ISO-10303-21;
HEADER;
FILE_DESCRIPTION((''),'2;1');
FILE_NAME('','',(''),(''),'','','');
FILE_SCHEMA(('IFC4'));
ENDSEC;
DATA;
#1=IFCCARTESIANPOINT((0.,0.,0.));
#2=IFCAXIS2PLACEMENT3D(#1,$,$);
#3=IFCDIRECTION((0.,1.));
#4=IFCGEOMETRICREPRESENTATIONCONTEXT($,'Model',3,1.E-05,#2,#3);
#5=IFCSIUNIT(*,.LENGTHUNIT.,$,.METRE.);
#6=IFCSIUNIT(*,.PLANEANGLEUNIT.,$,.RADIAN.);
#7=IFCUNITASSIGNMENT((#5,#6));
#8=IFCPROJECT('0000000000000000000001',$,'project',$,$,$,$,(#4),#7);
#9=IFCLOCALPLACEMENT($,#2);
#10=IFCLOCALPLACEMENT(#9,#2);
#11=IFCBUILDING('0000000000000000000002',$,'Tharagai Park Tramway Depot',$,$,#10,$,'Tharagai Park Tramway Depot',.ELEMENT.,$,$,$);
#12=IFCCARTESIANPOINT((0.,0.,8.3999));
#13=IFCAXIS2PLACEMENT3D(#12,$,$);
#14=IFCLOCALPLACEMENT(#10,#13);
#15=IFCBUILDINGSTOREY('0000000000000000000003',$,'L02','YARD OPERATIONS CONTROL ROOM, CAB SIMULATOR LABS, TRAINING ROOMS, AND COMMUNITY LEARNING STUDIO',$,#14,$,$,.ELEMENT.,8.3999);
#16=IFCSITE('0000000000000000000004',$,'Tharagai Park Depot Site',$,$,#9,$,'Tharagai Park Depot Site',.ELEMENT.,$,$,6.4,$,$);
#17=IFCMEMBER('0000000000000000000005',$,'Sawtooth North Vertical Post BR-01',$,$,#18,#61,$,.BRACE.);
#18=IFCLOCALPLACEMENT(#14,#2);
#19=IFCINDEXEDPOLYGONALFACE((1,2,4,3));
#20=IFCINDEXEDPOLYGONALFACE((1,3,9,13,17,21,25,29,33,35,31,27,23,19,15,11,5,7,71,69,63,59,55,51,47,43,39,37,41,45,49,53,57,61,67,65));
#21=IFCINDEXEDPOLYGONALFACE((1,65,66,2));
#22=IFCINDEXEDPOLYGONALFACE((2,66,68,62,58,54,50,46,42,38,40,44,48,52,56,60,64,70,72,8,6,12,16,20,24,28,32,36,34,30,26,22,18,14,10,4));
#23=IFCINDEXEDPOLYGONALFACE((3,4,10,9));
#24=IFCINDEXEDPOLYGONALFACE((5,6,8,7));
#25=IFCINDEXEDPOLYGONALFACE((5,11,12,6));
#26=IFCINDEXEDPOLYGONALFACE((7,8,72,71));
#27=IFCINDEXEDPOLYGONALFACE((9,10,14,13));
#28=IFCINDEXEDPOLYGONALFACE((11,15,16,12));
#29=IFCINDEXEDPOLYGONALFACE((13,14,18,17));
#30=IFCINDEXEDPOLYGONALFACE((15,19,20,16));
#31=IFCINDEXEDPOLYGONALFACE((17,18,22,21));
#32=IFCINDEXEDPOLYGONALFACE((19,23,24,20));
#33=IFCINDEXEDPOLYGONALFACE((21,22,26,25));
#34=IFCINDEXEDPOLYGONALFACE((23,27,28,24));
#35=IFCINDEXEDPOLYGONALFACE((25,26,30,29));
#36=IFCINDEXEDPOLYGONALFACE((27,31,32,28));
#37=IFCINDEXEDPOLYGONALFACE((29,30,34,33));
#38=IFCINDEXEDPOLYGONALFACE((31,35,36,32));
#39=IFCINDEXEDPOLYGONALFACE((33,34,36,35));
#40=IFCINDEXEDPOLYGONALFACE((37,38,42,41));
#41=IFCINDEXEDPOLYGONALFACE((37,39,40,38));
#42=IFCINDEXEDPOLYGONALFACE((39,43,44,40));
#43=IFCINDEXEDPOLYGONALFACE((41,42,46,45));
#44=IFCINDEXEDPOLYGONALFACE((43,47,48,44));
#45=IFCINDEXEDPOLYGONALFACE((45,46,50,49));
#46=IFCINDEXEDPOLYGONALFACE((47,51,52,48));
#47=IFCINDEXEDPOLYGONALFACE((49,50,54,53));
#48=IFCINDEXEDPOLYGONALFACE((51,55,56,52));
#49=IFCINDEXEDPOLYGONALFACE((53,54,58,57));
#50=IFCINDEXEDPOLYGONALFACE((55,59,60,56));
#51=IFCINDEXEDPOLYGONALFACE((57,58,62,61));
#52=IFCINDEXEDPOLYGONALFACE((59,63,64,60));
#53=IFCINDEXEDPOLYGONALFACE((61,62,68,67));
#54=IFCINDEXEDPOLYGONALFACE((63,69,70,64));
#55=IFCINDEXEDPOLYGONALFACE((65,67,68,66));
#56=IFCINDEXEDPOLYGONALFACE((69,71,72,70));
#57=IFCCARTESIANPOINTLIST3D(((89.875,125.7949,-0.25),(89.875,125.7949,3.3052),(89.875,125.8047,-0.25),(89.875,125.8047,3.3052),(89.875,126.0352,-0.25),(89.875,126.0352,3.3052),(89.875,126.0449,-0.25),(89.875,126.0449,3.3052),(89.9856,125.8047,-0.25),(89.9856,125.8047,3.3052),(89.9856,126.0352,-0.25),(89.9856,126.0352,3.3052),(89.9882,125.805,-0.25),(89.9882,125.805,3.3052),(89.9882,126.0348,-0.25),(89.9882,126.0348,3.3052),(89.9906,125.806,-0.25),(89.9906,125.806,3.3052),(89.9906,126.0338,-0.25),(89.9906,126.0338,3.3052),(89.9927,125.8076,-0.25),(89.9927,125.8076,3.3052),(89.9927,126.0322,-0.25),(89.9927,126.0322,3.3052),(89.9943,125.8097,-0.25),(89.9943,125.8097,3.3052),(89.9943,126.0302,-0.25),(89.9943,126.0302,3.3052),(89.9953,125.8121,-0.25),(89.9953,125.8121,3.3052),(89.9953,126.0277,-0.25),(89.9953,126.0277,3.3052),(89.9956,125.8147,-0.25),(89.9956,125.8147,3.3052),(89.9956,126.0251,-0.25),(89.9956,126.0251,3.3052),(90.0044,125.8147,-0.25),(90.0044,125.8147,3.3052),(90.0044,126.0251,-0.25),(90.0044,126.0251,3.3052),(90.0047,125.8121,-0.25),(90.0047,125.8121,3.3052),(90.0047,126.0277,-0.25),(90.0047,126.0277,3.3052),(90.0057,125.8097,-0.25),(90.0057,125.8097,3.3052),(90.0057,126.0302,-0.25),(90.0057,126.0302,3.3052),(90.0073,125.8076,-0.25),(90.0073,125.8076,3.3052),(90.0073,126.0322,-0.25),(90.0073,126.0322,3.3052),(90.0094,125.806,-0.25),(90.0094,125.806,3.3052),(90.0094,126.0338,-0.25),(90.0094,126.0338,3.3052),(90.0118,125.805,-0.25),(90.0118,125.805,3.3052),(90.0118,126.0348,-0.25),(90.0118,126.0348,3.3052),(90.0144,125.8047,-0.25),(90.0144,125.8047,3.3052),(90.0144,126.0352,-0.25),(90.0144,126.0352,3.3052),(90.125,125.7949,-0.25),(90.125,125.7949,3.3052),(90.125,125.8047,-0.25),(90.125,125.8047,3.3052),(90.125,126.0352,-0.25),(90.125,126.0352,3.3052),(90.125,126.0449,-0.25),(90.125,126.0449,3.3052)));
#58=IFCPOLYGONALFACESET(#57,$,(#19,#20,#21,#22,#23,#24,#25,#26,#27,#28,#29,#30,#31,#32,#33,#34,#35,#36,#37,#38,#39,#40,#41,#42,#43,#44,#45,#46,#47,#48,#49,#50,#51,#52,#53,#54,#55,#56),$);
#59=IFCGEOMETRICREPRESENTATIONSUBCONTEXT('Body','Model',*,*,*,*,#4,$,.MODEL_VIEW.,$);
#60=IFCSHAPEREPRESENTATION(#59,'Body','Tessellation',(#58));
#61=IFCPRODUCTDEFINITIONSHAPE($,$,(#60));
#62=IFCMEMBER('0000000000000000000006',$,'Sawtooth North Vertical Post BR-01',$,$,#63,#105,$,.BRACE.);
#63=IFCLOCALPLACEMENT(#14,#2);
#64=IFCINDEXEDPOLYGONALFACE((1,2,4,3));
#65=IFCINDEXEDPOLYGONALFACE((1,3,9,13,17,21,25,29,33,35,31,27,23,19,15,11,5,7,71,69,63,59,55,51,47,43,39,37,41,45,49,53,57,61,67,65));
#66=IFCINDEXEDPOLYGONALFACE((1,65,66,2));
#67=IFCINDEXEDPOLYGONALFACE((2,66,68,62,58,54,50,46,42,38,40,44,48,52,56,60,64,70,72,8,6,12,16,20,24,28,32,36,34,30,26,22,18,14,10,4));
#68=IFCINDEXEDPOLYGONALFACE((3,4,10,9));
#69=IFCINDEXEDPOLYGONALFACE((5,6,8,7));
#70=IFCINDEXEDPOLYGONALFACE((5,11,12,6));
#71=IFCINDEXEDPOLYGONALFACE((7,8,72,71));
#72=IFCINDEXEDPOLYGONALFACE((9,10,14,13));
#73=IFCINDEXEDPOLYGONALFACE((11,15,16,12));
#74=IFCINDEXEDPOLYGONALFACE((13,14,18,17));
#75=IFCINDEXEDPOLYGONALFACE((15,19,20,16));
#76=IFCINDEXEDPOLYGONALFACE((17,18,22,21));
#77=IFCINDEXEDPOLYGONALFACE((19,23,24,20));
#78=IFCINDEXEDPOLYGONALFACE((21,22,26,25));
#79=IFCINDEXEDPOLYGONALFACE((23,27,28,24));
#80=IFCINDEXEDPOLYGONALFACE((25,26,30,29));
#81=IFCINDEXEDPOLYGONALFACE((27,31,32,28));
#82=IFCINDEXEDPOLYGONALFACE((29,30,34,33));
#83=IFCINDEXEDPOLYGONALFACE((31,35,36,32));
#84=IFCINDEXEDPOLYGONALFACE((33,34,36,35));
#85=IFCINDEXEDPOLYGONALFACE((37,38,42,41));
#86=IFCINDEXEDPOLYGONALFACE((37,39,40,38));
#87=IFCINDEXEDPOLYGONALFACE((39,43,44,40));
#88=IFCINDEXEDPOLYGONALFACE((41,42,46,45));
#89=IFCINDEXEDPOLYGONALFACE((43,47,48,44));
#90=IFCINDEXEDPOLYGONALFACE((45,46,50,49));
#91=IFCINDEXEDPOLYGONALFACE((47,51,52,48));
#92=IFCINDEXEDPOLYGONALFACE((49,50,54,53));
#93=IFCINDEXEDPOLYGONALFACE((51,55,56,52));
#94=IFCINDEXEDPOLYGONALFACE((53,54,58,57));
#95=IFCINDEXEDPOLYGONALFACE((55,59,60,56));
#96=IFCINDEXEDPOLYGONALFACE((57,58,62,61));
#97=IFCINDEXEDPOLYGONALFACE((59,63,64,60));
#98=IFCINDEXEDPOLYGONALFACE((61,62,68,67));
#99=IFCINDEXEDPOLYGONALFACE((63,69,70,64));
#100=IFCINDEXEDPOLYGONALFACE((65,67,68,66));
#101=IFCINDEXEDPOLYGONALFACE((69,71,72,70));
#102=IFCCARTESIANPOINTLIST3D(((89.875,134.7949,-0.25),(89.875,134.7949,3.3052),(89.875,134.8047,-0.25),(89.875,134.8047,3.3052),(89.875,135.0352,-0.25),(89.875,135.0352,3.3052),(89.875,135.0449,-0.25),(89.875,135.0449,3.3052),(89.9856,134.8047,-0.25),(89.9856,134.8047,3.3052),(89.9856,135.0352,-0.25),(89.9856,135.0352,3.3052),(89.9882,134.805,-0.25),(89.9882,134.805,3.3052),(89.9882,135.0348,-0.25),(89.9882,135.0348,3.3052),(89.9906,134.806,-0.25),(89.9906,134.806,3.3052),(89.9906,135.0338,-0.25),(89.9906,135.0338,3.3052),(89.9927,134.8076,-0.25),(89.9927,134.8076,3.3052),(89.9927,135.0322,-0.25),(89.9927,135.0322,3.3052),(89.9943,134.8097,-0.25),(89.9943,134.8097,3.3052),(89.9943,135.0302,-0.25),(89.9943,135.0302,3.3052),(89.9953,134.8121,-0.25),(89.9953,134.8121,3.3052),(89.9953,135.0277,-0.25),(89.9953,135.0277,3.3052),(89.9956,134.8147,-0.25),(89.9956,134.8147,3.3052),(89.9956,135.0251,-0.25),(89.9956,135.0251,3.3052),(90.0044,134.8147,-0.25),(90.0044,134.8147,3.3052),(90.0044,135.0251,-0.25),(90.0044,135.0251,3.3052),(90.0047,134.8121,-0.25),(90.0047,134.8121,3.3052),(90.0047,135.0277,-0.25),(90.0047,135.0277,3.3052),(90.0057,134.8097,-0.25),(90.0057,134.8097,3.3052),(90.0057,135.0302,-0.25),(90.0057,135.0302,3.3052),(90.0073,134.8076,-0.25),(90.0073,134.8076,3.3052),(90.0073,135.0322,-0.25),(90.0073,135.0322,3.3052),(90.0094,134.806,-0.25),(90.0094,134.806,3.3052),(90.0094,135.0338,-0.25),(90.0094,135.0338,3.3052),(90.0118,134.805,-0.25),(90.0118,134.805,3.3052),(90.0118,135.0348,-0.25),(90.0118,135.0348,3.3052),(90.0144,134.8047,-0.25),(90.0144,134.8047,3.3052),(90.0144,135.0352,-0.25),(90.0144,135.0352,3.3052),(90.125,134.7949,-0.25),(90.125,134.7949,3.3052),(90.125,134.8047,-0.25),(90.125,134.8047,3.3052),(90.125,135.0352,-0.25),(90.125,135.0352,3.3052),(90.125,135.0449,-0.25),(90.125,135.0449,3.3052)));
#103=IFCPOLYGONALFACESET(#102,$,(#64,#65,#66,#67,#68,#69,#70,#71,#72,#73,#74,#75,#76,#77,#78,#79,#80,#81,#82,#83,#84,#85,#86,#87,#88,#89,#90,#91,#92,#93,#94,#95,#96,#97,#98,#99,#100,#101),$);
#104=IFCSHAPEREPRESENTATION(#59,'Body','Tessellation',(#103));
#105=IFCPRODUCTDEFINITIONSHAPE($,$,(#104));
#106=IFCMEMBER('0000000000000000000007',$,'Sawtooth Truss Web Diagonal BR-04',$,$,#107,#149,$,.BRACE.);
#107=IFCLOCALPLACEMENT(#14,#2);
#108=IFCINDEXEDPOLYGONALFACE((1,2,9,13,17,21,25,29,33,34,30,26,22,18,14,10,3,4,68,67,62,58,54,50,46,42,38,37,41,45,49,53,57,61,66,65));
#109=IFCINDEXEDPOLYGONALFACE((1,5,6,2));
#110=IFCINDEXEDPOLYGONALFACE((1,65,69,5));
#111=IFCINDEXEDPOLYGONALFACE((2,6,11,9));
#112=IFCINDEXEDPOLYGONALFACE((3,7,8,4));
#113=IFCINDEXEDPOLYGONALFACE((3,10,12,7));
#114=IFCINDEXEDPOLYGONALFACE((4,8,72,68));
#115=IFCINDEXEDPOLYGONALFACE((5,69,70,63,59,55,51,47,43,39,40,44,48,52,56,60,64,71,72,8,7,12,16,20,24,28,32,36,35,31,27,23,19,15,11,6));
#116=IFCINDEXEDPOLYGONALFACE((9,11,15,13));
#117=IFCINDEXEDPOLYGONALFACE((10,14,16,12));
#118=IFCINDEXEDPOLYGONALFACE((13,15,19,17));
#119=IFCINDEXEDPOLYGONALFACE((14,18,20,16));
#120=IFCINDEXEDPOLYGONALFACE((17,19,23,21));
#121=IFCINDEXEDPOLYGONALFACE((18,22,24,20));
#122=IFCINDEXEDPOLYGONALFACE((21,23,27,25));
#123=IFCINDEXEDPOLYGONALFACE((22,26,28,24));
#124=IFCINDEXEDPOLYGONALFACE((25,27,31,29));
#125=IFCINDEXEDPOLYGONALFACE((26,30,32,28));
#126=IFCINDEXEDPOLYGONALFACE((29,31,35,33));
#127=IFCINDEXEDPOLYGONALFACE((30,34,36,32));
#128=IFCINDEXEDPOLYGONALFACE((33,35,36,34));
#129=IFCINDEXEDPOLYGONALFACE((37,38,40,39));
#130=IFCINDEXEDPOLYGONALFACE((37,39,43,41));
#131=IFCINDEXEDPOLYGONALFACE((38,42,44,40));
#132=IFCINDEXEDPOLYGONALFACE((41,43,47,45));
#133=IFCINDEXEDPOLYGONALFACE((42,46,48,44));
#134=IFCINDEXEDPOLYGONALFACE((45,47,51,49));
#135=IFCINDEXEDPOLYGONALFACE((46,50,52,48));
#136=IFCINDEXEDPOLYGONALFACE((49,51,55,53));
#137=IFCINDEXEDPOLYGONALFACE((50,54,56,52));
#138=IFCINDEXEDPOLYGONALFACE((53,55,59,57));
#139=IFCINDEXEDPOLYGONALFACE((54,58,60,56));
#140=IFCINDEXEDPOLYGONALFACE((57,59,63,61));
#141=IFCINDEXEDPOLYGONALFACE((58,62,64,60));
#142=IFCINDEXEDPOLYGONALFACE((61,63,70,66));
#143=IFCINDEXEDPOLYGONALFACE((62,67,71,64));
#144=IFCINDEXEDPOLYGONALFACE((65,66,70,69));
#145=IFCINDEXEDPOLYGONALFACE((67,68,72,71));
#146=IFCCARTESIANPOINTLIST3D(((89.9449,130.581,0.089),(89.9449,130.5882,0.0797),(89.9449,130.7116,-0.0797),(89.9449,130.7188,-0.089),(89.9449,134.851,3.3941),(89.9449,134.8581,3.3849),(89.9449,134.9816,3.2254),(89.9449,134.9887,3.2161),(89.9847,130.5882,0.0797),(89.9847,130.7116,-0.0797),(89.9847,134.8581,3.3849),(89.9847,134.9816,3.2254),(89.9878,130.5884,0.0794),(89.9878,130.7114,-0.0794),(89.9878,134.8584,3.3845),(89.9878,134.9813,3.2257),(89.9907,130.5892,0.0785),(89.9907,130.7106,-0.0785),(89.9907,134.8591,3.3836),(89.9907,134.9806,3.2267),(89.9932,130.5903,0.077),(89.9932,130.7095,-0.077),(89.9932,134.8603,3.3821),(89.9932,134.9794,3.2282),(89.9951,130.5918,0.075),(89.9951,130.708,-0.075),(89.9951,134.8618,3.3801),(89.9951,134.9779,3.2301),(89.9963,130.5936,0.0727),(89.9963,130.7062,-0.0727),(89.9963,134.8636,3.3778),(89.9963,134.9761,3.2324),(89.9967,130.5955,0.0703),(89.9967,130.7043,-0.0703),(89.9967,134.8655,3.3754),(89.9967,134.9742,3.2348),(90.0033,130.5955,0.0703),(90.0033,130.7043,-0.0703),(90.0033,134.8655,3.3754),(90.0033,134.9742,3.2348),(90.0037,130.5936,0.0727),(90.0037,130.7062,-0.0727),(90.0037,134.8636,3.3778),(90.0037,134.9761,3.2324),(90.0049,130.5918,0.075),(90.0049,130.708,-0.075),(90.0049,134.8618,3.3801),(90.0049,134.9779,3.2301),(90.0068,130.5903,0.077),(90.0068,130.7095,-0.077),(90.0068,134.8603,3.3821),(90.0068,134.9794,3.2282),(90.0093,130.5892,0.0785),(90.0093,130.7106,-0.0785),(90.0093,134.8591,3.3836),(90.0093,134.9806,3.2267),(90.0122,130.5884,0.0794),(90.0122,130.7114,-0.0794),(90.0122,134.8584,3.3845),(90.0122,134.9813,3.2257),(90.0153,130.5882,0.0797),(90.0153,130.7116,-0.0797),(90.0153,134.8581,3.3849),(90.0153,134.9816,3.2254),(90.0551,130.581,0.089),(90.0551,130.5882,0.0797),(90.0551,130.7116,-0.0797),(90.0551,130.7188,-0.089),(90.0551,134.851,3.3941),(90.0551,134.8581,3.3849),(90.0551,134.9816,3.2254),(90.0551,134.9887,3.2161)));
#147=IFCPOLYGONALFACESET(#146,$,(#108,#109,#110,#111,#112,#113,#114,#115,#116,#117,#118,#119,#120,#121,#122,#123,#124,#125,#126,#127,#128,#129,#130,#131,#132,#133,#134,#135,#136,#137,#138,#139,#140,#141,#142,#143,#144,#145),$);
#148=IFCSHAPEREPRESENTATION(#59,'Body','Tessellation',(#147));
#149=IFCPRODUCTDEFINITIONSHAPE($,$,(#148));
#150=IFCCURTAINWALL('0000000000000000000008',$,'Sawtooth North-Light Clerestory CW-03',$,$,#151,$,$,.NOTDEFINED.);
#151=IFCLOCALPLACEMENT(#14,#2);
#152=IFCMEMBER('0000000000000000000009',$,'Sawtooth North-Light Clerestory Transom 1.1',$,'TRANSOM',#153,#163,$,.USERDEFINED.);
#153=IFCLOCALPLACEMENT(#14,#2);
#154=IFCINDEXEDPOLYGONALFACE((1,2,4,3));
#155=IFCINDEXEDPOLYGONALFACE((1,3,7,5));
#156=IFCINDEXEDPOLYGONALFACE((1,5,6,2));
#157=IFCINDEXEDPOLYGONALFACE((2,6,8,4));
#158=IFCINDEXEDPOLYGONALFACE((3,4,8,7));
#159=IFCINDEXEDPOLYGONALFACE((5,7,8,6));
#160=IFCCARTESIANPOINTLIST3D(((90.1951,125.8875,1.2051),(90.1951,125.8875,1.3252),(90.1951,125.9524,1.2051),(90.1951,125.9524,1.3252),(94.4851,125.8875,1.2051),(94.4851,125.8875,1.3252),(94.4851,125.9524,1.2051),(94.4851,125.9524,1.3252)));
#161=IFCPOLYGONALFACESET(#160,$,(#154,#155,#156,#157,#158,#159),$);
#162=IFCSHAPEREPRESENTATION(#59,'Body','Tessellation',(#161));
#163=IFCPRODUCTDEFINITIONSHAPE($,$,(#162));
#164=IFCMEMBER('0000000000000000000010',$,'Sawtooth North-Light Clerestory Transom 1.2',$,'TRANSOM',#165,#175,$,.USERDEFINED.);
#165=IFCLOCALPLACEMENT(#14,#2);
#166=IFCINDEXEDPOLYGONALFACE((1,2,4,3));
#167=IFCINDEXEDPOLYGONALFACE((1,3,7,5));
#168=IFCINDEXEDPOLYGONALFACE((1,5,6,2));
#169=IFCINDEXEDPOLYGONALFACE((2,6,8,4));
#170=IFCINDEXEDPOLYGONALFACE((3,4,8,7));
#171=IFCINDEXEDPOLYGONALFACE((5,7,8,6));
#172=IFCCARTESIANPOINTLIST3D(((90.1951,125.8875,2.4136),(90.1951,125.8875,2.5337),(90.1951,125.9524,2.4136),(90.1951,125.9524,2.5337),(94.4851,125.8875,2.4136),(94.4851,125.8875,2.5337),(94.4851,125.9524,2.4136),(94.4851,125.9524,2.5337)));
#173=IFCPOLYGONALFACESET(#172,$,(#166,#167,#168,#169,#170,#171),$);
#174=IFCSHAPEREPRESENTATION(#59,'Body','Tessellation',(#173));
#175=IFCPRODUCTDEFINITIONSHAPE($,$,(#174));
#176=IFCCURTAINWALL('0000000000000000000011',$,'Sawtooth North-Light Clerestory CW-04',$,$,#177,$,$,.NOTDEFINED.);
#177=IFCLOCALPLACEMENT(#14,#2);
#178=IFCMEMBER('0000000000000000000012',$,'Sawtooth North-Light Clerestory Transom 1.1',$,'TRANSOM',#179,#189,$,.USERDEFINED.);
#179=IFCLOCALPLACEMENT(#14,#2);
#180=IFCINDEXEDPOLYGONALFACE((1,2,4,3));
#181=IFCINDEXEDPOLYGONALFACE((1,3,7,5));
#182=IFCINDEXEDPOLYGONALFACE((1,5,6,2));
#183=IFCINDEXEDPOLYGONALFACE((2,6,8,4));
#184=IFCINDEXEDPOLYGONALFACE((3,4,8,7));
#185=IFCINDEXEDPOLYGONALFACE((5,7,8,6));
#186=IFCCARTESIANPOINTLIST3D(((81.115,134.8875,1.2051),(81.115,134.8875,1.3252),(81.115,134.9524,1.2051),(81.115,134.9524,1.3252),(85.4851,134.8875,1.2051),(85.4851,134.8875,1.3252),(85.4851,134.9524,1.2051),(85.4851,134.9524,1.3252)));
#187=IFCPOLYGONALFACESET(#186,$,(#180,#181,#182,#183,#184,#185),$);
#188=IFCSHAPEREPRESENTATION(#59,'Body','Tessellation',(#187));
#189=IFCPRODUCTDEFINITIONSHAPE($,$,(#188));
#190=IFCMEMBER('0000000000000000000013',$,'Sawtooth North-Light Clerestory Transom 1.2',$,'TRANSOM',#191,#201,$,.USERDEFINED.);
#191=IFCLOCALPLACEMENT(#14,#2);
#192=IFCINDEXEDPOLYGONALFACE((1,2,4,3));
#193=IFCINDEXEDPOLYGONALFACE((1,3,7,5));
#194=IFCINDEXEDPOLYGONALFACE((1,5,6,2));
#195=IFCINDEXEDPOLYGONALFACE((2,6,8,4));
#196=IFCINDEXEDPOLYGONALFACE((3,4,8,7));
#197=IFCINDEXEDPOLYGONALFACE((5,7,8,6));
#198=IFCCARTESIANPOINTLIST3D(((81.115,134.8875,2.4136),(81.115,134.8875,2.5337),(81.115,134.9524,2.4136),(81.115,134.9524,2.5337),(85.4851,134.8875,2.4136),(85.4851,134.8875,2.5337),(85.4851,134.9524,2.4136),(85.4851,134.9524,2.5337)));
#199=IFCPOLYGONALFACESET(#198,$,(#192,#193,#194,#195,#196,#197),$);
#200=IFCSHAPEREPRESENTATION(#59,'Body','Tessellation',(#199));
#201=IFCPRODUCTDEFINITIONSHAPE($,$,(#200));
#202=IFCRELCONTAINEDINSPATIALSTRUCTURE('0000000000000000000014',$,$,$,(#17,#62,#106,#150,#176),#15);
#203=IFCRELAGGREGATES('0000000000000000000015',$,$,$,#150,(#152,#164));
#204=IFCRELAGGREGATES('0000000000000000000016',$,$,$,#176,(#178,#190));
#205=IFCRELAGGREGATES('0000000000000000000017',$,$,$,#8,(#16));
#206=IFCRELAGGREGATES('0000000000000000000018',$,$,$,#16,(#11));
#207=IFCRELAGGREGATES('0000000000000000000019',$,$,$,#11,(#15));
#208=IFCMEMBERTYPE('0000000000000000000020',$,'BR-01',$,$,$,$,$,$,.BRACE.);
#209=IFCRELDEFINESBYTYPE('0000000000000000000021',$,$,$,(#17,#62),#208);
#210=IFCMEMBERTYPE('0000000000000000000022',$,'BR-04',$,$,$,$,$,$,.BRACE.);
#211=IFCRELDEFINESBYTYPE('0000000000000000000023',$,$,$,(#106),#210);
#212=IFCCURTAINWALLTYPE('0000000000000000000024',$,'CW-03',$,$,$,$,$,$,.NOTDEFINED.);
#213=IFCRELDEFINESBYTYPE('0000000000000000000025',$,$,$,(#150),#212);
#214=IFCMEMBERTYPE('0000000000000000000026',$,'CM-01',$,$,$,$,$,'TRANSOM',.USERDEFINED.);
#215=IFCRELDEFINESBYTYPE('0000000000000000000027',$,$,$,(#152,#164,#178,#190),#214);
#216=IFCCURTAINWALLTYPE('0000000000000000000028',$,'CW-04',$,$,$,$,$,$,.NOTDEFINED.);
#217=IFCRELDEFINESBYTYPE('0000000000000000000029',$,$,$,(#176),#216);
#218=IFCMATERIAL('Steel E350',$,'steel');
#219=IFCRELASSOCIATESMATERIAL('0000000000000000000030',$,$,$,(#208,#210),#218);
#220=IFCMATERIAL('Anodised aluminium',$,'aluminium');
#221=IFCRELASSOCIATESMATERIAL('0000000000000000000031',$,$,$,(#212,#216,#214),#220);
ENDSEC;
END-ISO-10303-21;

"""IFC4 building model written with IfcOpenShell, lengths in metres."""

from ifc_helpers import new_model, si_unit, direction, frame, origin, origin_2d, place, context, subcontext, project, spatial, rectangle, i_section, extrude, material, material_profile, profile_set, type_object, element, aggregate, save


model = new_model("IFC4")

# Units and contexts
model_context = context("Model", 3, precision=1e-05, world=origin(), true_north=direction((0.0, 1.0)))
body_context = subcontext(model_context, "Body", "Model", "MODEL_VIEW")
ifc_project = project(units=[si_unit("LENGTHUNIT", "METRE"), si_unit("PLANEANGLEUNIT", "RADIAN")], contexts=[model_context])

# Site, building, storey
site_placement = place(None, origin())
site = spatial("IfcSite", under=ifc_project, at=site_placement, Name="Tharagai Park Depot Site", LongName="Tharagai Park Depot Site", CompositionType="ELEMENT", RefElevation=6.4)
building_placement = place(site_placement, origin())
building = spatial("IfcBuilding", under=site, at=building_placement, Name="Tharagai Park Tramway Depot", LongName="Tharagai Park Tramway Depot", CompositionType="ELEMENT")
storey_placement = place(building_placement, frame((0.0, 0.0, 8.3999)))
storey = spatial("IfcBuildingStorey", under=building, at=storey_placement, Name="L02", Description="YARD OPERATIONS CONTROL ROOM, CAB SIMULATOR LABS, TRAINING ROOMS, AND COMMUNITY LEARNING STUDIO", CompositionType="ELEMENT", Elevation=8.3999)

# Members
ifc_material_1 = material(Name="Steel E350", Category="steel")
ifc_material_profile_1 = material_profile(ifc_material_1, i_section(OverallWidth=0.25, OverallDepth=0.25, WebThickness=0.0088, FlangeThickness=0.0098, FilletRadius=0.01, at=origin_2d()), Name="ISHB 250")
ifc_profile_set_1 = profile_set([ifc_material_profile_1], Name="Steel E350")
member_type_1 = type_object("IfcMemberType", Name="BR-01", PredefinedType="BRACE", material=ifc_profile_set_1)
for number, where, z_axis, x_axis, name in (
    (1, (90.0, 125.9199, -0.25), (0.0, 0.0, 1.0), (1.0, 0.0, 0.0), "Sawtooth North Vertical Post BR-01"),
    (2, (90.0, 134.9199, -0.25), (0.0, 0.0, 1.0), (1.0, 0.0, 0.0), "Sawtooth North Vertical Post BR-01"),
):
    element("IfcMember", number, at=place(storey_placement, frame(where, z_axis=z_axis, x_axis=x_axis)), inside=storey, type_object=member_type_1, Name=name, PredefinedType="BRACE", context=body_context, shape_type="SweptSolid", body=[
        extrude(i_section(OverallWidth=0.25, OverallDepth=0.25, WebThickness=0.0088, FlangeThickness=0.0098, FilletRadius=0.01, at=origin_2d()), origin(), (0.0, 0.0, 1.0), 3.5552),
    ])
ifc_material_profile_2 = material_profile(ifc_material_1, i_section(OverallWidth=0.1101, OverallDepth=0.2251, WebThickness=0.0066, FlangeThickness=0.0117, FilletRadius=0.012, at=origin_2d()), Name="ISMB 225")
ifc_profile_set_2 = profile_set([ifc_material_profile_2], Name="Steel E350")
member_type_2 = type_object("IfcMemberType", Name="BR-04", PredefinedType="BRACE", material=ifc_profile_set_2)
member_1_placement = place(storey_placement, frame((90.0, 130.6499, 0.0), z_axis=(0.0, 0.790782, 0.612098), x_axis=(-1.0, 0.0, 0.0)))
element("IfcMember", 3, at=member_1_placement, inside=storey, type_object=member_type_2, Name="Sawtooth Truss Web Diagonal BR-04", PredefinedType="BRACE", context=body_context, shape_type="SweptSolid", body=[
    extrude(i_section(OverallWidth=0.1101, OverallDepth=0.2251, WebThickness=0.0066, FlangeThickness=0.0117, FilletRadius=0.012, at=origin_2d()), origin(), (0.0, 0.0, 1.0), 5.3997),
])

# Curtain walls, members
ifc_material_2 = material(Name="Anodised aluminium", Category="aluminium")
curtain_wall_type_1 = type_object("IfcCurtainWallType", Name="CW-03", PredefinedType="NOTDEFINED", material=ifc_material_2)
curtain_wall_1_placement = place(storey_placement, origin())
curtain_wall_1 = element("IfcCurtainWall", 4, at=curtain_wall_1_placement, inside=storey, type_object=curtain_wall_type_1, Name="Sawtooth North-Light Clerestory CW-03", PredefinedType="NOTDEFINED")
ifc_material_profile_3 = material_profile(ifc_material_2, rectangle(XDim=0.0649, YDim=0.1201, at=origin_2d()), Name="ALU 65x120")
ifc_profile_set_3 = profile_set([ifc_material_profile_3], Name="Anodised aluminium")
member_type_3 = type_object("IfcMemberType", Name="CM-01", ElementType="TRANSOM", PredefinedType="USERDEFINED", material=ifc_profile_set_3)
member_2_placement = place(storey_placement, frame((90.1951, 125.9199, 1.2651), z_axis=(1.0, 0.0, 0.0), x_axis=(0.0, 1.0, 0.0)))
member_2 = element("IfcMember", 5, at=member_2_placement, type_object=member_type_3, Name="Sawtooth North-Light Clerestory Transom 1.1", ObjectType="TRANSOM", PredefinedType="USERDEFINED", context=body_context, shape_type="SweptSolid", body=[
    extrude(rectangle(XDim=0.0649, YDim=0.1201, at=origin_2d()), origin(), (0.0, 0.0, 1.0), 4.29),
])
member_3_placement = place(storey_placement, frame((90.1951, 125.9199, 2.4736), z_axis=(1.0, 0.0, 0.0), x_axis=(0.0, 1.0, 0.0)))
member_3 = element("IfcMember", 6, at=member_3_placement, type_object=member_type_3, Name="Sawtooth North-Light Clerestory Transom 1.2", ObjectType="TRANSOM", PredefinedType="USERDEFINED", context=body_context, shape_type="SweptSolid", body=[
    extrude(rectangle(XDim=0.0649, YDim=0.1201, at=origin_2d()), origin(), (0.0, 0.0, 1.0), 4.29),
])
curtain_wall_type_2 = type_object("IfcCurtainWallType", Name="CW-04", PredefinedType="NOTDEFINED", material=ifc_material_2)
curtain_wall_2_placement = place(storey_placement, origin())
curtain_wall_2 = element("IfcCurtainWall", 7, at=curtain_wall_2_placement, inside=storey, type_object=curtain_wall_type_2, Name="Sawtooth North-Light Clerestory CW-04", PredefinedType="NOTDEFINED")
member_4_placement = place(storey_placement, frame((81.115, 134.9199, 1.2651), z_axis=(1.0, 0.0, 0.0), x_axis=(0.0, 1.0, 0.0)))
member_4 = element("IfcMember", 8, at=member_4_placement, type_object=member_type_3, Name="Sawtooth North-Light Clerestory Transom 1.1", ObjectType="TRANSOM", PredefinedType="USERDEFINED", context=body_context, shape_type="SweptSolid", body=[
    extrude(rectangle(XDim=0.0649, YDim=0.1201, at=origin_2d()), origin(), (0.0, 0.0, 1.0), 4.3701),
])
member_5_placement = place(storey_placement, frame((81.115, 134.9199, 2.4736), z_axis=(1.0, 0.0, 0.0), x_axis=(0.0, 1.0, 0.0)))
member_5 = element("IfcMember", 9, at=member_5_placement, type_object=member_type_3, Name="Sawtooth North-Light Clerestory Transom 1.2", ObjectType="TRANSOM", PredefinedType="USERDEFINED", context=body_context, shape_type="SweptSolid", body=[
    extrude(rectangle(XDim=0.0649, YDim=0.1201, at=origin_2d()), origin(), (0.0, 0.0, 1.0), 4.3701),
])

aggregate(curtain_wall_1, [member_2, member_3])

aggregate(curtain_wall_2, [member_4, member_5])

save(model, "model.ifc")
